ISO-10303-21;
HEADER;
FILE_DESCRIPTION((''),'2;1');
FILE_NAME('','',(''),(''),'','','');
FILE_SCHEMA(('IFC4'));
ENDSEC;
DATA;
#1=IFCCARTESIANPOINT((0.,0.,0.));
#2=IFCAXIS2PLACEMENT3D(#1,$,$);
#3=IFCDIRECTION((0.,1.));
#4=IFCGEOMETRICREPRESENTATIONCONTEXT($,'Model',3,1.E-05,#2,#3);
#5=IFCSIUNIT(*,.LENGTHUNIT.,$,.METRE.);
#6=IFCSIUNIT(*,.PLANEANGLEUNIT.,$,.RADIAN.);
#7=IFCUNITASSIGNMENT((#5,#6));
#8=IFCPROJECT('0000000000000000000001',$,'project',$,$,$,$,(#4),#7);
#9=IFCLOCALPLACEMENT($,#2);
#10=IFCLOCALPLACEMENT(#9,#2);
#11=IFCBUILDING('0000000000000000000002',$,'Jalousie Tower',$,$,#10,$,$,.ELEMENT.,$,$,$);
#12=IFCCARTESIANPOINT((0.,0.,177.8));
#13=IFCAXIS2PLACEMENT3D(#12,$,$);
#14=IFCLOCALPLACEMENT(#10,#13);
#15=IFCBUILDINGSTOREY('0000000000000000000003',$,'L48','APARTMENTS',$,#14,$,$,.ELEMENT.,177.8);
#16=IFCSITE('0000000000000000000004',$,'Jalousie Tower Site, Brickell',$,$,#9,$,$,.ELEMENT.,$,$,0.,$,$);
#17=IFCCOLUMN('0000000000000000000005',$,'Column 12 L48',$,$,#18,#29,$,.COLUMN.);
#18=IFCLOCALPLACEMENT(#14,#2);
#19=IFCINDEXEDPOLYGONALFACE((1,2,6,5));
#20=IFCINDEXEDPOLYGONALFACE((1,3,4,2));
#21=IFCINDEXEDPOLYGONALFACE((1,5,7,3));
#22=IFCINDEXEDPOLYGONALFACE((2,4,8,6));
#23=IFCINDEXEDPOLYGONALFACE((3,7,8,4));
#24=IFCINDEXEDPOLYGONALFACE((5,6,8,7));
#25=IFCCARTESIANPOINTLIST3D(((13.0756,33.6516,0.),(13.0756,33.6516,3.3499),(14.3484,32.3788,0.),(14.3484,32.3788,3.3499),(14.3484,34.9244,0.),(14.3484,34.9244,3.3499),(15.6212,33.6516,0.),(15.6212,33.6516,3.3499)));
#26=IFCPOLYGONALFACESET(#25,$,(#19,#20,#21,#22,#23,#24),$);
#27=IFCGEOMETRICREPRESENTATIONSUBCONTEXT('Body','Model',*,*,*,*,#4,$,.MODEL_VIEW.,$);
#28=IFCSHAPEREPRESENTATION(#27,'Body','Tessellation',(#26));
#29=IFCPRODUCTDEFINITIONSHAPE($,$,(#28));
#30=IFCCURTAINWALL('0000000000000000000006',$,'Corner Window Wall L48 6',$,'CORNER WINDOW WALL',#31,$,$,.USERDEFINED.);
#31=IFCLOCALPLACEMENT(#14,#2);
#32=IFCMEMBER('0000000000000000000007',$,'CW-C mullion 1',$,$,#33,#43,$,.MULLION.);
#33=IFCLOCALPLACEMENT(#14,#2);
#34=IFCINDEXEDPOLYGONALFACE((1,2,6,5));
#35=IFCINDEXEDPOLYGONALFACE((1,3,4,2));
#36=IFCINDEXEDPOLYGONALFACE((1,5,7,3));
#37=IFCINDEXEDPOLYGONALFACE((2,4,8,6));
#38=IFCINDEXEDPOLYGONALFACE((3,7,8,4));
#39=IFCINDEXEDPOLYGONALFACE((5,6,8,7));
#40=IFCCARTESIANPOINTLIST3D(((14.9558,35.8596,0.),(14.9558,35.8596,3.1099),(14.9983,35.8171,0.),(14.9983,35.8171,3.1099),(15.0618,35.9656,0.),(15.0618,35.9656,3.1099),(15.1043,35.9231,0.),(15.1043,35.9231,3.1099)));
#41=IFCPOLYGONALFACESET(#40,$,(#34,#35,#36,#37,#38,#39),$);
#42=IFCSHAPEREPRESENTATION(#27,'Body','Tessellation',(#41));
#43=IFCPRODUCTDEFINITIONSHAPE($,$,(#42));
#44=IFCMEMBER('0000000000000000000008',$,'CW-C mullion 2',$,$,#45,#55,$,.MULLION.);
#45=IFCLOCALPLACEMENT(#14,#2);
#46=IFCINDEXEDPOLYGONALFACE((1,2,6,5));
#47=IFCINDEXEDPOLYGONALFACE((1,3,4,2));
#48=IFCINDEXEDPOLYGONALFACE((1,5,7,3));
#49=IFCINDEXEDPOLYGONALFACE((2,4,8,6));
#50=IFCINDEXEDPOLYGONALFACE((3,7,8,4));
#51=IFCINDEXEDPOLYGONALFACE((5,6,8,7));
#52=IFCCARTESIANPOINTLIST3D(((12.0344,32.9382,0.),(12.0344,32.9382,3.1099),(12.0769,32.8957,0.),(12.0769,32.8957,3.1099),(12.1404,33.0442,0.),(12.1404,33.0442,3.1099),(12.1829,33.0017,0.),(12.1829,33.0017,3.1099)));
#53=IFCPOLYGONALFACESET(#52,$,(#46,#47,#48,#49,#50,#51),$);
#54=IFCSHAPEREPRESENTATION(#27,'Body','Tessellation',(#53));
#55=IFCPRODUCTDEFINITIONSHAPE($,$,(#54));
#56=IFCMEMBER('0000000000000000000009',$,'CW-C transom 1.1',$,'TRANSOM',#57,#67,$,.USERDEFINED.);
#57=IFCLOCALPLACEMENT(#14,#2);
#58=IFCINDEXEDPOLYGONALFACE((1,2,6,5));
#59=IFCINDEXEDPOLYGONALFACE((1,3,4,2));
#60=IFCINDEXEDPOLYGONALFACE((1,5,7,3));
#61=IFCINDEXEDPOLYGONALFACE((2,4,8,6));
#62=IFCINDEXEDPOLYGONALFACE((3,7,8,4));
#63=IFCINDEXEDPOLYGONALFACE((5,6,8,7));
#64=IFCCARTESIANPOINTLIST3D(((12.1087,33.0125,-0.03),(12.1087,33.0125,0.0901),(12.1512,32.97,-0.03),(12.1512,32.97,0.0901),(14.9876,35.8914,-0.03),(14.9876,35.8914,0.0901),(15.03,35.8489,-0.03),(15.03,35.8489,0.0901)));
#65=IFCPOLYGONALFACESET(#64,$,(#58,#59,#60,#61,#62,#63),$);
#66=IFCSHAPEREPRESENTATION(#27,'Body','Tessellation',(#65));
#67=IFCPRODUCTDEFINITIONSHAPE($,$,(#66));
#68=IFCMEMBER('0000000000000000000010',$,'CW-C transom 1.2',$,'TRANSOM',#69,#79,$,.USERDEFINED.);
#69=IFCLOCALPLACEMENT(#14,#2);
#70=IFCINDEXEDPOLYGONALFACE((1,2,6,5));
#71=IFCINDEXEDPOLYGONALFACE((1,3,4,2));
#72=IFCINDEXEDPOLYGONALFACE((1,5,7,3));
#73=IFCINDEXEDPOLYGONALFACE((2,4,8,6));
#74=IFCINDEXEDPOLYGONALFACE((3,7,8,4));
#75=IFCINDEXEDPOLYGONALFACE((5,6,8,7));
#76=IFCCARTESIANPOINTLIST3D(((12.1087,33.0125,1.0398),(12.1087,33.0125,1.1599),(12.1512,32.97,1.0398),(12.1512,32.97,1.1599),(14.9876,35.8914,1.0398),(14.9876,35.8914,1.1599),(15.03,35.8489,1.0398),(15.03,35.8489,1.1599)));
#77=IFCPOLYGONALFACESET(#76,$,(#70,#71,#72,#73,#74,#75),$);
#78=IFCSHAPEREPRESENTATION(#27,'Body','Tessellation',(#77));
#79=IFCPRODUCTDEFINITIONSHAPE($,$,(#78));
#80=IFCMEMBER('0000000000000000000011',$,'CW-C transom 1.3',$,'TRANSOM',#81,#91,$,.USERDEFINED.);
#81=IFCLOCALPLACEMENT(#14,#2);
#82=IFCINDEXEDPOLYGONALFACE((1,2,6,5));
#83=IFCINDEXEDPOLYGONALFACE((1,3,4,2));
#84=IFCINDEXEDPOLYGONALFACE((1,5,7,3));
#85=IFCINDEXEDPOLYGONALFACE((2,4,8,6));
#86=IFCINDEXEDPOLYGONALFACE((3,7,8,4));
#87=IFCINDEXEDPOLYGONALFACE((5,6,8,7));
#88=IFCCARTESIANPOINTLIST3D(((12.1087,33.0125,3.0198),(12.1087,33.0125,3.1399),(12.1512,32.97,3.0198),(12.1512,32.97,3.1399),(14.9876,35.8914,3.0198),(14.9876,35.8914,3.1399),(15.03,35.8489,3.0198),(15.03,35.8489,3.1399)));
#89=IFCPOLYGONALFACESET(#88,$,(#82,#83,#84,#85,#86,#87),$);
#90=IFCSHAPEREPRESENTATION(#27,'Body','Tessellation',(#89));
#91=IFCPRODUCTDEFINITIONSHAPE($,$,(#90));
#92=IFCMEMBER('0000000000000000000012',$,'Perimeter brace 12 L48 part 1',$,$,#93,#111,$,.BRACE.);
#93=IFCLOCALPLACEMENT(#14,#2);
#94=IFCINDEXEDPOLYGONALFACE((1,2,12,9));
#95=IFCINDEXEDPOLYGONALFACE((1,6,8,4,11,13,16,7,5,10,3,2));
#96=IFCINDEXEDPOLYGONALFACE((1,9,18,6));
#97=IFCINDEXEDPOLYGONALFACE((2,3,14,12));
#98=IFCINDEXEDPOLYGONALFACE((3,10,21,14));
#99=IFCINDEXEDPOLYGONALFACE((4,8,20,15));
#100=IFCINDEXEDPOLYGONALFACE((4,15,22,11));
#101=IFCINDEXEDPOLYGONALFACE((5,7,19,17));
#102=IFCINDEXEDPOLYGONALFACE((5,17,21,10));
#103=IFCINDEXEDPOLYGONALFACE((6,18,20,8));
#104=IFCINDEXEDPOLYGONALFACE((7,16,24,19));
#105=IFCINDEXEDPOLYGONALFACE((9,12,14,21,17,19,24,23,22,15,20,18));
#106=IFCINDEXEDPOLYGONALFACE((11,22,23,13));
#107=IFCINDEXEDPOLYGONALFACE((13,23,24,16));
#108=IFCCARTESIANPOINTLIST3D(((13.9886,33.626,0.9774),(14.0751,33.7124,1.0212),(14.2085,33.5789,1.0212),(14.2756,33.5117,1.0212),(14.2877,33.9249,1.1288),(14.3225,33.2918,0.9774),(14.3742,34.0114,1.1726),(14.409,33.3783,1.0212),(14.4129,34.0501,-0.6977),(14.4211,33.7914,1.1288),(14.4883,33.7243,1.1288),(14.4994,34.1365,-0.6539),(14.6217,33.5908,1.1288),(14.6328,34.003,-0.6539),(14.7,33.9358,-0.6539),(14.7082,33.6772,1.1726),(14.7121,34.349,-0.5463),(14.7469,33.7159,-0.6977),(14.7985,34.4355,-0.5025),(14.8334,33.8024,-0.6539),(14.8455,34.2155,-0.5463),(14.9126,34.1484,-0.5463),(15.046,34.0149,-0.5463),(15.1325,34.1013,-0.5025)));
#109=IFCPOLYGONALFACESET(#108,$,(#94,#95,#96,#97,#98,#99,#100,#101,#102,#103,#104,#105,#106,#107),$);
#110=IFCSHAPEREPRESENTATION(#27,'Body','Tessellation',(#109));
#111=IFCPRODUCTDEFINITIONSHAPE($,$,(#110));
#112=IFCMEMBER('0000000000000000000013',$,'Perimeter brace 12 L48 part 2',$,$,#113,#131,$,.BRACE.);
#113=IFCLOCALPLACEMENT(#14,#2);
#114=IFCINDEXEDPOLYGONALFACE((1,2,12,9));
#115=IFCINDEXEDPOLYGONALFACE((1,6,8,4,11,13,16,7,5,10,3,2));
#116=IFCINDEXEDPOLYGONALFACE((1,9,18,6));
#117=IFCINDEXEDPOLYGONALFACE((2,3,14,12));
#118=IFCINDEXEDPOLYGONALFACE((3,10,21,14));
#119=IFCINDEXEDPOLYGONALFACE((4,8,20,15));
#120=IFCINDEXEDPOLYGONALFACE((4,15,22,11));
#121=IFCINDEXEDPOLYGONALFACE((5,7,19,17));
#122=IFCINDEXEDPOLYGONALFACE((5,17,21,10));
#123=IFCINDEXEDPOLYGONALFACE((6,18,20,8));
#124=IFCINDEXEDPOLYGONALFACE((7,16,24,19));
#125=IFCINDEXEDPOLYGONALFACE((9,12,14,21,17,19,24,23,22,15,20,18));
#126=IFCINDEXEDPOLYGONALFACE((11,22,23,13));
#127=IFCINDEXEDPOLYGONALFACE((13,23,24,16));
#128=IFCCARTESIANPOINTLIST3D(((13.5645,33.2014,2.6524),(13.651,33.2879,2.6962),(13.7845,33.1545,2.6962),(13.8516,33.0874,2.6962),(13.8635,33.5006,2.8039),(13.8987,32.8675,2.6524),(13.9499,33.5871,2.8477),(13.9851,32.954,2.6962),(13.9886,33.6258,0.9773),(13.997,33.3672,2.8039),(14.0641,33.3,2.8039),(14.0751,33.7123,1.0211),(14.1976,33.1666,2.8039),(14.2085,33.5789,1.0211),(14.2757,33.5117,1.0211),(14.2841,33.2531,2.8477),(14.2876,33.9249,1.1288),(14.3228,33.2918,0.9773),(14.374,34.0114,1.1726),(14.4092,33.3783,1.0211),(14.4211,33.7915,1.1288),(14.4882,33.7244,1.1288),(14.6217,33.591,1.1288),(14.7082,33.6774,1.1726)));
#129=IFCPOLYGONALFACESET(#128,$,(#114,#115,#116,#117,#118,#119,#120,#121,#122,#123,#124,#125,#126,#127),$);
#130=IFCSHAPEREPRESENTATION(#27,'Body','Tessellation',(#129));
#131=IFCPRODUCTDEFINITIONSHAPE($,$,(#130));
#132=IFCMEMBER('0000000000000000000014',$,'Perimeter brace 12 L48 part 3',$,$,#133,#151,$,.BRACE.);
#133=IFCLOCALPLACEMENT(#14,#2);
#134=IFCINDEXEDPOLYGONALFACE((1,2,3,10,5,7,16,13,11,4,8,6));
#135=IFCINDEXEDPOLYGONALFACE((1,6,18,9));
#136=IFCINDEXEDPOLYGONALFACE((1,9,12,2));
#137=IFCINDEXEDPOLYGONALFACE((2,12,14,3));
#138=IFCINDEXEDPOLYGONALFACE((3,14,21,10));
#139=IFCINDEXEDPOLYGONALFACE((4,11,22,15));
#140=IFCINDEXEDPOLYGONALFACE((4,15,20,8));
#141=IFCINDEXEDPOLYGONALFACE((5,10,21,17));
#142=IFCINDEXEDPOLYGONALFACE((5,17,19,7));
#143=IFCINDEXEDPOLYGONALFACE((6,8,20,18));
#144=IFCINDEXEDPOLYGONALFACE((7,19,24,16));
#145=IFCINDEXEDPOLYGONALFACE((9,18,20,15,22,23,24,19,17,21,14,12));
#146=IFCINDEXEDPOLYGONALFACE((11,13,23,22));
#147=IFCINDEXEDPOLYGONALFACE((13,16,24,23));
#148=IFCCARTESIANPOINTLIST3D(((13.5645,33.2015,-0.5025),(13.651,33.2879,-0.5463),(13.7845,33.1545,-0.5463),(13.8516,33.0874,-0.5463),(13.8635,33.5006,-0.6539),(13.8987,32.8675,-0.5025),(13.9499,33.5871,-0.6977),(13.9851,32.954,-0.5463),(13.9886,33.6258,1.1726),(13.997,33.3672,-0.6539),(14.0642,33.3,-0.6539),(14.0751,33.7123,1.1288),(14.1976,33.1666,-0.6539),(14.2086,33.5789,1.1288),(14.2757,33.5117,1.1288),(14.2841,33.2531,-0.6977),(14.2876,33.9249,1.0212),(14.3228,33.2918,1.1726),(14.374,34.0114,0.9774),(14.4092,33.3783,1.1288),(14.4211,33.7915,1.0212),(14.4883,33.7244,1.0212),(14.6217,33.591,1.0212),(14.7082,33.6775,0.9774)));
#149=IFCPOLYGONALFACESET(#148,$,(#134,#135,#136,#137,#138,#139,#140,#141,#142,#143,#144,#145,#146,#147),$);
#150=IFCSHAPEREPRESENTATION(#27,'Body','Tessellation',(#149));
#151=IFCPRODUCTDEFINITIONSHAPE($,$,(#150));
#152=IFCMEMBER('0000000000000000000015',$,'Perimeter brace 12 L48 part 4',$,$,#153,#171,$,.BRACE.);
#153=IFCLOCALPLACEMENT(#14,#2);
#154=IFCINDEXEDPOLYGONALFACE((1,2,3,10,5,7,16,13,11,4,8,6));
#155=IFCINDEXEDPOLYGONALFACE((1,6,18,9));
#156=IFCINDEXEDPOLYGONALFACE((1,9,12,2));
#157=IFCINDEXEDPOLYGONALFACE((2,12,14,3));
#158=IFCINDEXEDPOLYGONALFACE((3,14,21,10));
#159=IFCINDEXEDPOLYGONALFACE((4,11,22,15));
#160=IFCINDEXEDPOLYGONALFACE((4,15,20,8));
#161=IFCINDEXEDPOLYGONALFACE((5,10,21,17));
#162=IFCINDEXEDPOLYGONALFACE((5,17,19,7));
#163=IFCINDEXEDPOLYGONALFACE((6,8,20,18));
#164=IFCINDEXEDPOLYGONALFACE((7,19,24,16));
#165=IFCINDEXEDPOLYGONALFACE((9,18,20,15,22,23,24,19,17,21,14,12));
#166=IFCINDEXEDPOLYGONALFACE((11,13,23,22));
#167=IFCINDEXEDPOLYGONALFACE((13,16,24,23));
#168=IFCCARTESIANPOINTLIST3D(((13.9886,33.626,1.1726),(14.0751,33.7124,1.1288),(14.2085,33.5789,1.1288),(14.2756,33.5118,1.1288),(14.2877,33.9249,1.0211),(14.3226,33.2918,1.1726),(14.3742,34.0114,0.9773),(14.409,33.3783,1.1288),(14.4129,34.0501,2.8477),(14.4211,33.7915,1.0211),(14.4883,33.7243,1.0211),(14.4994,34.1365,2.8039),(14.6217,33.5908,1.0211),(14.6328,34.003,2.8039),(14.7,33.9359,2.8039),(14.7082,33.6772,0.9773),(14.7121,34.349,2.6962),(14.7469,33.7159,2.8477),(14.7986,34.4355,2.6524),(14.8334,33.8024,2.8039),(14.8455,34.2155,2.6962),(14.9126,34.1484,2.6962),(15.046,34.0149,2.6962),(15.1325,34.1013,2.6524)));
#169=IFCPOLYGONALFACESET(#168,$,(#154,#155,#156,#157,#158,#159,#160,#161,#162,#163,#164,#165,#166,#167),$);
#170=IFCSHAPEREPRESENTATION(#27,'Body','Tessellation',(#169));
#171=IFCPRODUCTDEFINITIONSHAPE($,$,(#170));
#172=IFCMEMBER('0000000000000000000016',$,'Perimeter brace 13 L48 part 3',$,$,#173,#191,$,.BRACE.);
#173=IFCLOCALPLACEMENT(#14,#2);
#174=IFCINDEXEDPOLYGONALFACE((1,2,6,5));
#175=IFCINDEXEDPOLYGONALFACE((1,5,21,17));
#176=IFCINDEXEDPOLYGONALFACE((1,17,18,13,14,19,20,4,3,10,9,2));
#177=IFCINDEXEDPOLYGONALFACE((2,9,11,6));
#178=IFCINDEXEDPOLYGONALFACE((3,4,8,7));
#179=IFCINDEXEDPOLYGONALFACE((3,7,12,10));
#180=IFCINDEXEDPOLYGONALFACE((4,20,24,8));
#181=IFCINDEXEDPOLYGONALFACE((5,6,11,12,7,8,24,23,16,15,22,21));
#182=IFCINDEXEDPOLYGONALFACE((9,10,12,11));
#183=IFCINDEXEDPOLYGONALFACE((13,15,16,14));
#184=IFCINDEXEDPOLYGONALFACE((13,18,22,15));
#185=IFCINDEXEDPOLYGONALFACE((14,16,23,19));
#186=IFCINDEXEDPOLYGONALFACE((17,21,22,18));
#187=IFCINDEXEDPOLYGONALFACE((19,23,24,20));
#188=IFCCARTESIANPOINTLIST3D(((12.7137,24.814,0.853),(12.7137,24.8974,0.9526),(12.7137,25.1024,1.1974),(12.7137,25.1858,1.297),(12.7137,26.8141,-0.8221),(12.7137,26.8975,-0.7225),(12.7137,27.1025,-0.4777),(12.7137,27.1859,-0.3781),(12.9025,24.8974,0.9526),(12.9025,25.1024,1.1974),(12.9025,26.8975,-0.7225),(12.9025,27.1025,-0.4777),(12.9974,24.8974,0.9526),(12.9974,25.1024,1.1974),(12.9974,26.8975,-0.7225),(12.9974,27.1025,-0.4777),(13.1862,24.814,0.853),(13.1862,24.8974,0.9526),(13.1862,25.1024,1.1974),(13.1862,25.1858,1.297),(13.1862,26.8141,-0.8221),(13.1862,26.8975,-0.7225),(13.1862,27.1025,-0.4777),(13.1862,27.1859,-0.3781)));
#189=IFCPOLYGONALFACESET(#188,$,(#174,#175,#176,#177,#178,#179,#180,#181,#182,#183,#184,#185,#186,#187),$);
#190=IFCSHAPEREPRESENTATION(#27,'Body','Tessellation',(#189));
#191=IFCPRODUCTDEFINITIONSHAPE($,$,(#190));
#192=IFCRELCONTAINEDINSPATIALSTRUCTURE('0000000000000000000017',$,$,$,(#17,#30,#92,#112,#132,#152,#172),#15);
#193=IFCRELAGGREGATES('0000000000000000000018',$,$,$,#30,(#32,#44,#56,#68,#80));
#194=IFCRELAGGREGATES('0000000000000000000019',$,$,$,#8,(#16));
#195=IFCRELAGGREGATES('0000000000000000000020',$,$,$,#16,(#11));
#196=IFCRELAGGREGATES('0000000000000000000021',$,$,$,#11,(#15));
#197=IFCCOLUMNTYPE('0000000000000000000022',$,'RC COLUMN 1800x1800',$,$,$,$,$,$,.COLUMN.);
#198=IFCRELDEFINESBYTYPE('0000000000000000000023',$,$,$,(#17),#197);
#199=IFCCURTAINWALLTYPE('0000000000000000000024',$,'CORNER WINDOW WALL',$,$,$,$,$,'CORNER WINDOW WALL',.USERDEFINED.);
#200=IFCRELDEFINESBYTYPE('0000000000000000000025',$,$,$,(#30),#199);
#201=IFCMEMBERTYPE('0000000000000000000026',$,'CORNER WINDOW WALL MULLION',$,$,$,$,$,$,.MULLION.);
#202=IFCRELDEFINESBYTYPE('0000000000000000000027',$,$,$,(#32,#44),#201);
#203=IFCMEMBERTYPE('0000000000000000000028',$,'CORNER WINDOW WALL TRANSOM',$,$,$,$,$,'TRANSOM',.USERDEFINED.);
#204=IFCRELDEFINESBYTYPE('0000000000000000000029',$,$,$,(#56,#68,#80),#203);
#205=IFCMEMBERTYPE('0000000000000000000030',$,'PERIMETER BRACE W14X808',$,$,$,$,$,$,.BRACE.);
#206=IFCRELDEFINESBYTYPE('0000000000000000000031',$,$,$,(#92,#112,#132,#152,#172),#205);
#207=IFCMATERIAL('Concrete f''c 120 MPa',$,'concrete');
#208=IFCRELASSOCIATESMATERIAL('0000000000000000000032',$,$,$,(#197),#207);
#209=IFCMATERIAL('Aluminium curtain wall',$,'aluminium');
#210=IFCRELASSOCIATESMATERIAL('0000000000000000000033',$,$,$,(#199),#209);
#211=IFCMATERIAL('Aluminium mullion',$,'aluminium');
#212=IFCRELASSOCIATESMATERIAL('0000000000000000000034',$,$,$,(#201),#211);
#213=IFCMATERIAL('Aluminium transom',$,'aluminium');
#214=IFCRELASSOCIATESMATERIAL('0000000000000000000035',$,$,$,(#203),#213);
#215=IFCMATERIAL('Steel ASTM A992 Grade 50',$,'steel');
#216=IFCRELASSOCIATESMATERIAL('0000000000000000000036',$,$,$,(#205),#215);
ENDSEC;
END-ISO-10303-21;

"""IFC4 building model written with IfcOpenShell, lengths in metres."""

from ifc_helpers import new_model, si_unit, direction, frame, origin, origin_2d, place, context, subcontext, project, spatial, rectangle, i_section, extrude, material, material_profile, profile_set, type_object, element, aggregate, save


model = new_model("IFC4")

# Units and contexts
model_context = context("Model", 3, precision=1e-05, world=origin(), true_north=direction((0.0, 1.0)))
body_context = subcontext(model_context, "Body", "Model", "MODEL_VIEW")
ifc_project = project(units=[si_unit("LENGTHUNIT", "METRE"), si_unit("PLANEANGLEUNIT", "RADIAN")], contexts=[model_context])

# Site, building, storey
site_placement = place(None, origin())
site = spatial("IfcSite", under=ifc_project, at=site_placement, Name="Jalousie Tower Site, Brickell", CompositionType="ELEMENT", RefElevation=0.0)
building_placement = place(site_placement, origin())
building = spatial("IfcBuilding", under=site, at=building_placement, Name="Jalousie Tower", CompositionType="ELEMENT")
storey_placement = place(building_placement, frame((0.0, 0.0, 177.8)))
storey = spatial("IfcBuildingStorey", under=building, at=storey_placement, Name="L48", Description="APARTMENTS", CompositionType="ELEMENT", Elevation=177.8)

# Column
ifc_material_1 = material(Name="Concrete f'c 120 MPa", Category="concrete")
ifc_material_profile_1 = material_profile(ifc_material_1, rectangle(XDim=1.8, YDim=1.8, at=origin_2d()), Name="RC 1800x1800")
ifc_profile_set_1 = profile_set([ifc_material_profile_1], Name="Concrete f'c 120 MPa")
column_type = type_object("IfcColumnType", Name="RC COLUMN 1800x1800", PredefinedType="COLUMN", material=ifc_profile_set_1)
column_placement = place(storey_placement, frame((14.3484, 33.6516, 0.0), z_axis=(0.0, 0.0, 1.0), x_axis=(0.707107, 0.707107, 0.0)))
element("IfcColumn", 1, at=column_placement, inside=storey, type_object=column_type, Name="Column 12 L48", PredefinedType="COLUMN", context=body_context, shape_type="SweptSolid", body=[
    extrude(rectangle(XDim=1.8, YDim=1.8, at=origin_2d()), origin(), (0.0, 0.0, 1.0), 3.3499),
])

# Curtain wall, members
ifc_material_2 = material(Name="Aluminium curtain wall", Category="aluminium")
curtain_wall_type_1 = type_object("IfcCurtainWallType", Name="CORNER WINDOW WALL", ElementType="CORNER WINDOW WALL", PredefinedType="USERDEFINED", material=ifc_material_2)
curtain_wall_1_placement = place(storey_placement, origin())
curtain_wall_1 = element("IfcCurtainWall", 2, at=curtain_wall_1_placement, inside=storey, type_object=curtain_wall_type_1, Name="Corner Window Wall L48 6", ObjectType="CORNER WINDOW WALL", PredefinedType="USERDEFINED")
ifc_material_3 = material(Name="Aluminium mullion", Category="aluminium")
ifc_material_profile_2 = material_profile(ifc_material_3, rectangle(XDim=0.0601, YDim=0.1499, at=origin_2d()), Name="MULLION 60x150")
ifc_profile_set_2 = profile_set([ifc_material_profile_2], Name="Aluminium mullion")
member_type_1 = type_object("IfcMemberType", Name="CORNER WINDOW WALL MULLION", PredefinedType="MULLION", material=ifc_profile_set_2)
member_1_placement = place(storey_placement, frame((15.03, 35.8914, 0.0), z_axis=(0.0, 0.0, 1.0), x_axis=(0.707107, -0.707107, 0.0)))
member_1 = element("IfcMember", 3, at=member_1_placement, type_object=member_type_1, Name="CW-C mullion 1", PredefinedType="MULLION", context=body_context, shape_type="SweptSolid", body=[
    extrude(rectangle(XDim=0.0601, YDim=0.1499, at=origin_2d()), origin(), (0.0, 0.0, 1.0), 3.1099),
])
member_2_placement = place(storey_placement, frame((12.1086, 32.97, 0.0), z_axis=(0.0, 0.0, 1.0), x_axis=(0.707107, -0.707107, 0.0)))
member_2 = element("IfcMember", 4, at=member_2_placement, type_object=member_type_1, Name="CW-C mullion 2", PredefinedType="MULLION", context=body_context, shape_type="SweptSolid", body=[
    extrude(rectangle(XDim=0.0601, YDim=0.1499, at=origin_2d()), origin(), (0.0, 0.0, 1.0), 3.1099),
])
ifc_material_4 = material(Name="Aluminium transom", Category="aluminium")
ifc_material_profile_3 = material_profile(ifc_material_4, rectangle(XDim=0.0601, YDim=0.1201, at=origin_2d()), Name="TRANSOM 60x120")
ifc_profile_set_3 = profile_set([ifc_material_profile_3], Name="Aluminium transom")
member_type_2 = type_object("IfcMemberType", Name="CORNER WINDOW WALL TRANSOM", ElementType="TRANSOM", PredefinedType="USERDEFINED", material=ifc_profile_set_3)
member_3_placement = place(storey_placement, frame((15.0088, 35.8701, 0.03), z_axis=(-0.707107, -0.707107, 0.0), x_axis=(0.707107, -0.707107, 0.0)))
member_3 = element("IfcMember", 5, at=member_3_placement, type_object=member_type_2, Name="CW-C transom 1.1", ObjectType="TRANSOM", PredefinedType="USERDEFINED", context=body_context, shape_type="SweptSolid", body=[
    extrude(rectangle(XDim=0.0601, YDim=0.1201, at=origin_2d()), origin(), (0.0, 0.0, 1.0), 4.0713),
])
member_4_placement = place(storey_placement, frame((15.0088, 35.8701, 1.0999), z_axis=(-0.707107, -0.707107, 0.0), x_axis=(0.707107, -0.707107, 0.0)))
member_4 = element("IfcMember", 6, at=member_4_placement, type_object=member_type_2, Name="CW-C transom 1.2", ObjectType="TRANSOM", PredefinedType="USERDEFINED", context=body_context, shape_type="SweptSolid", body=[
    extrude(rectangle(XDim=0.0601, YDim=0.1201, at=origin_2d()), origin(), (0.0, 0.0, 1.0), 4.0713),
])
member_5_placement = place(storey_placement, frame((15.0088, 35.8701, 3.0798), z_axis=(-0.707107, -0.707107, 0.0), x_axis=(0.707107, -0.707107, 0.0)))
member_5 = element("IfcMember", 7, at=member_5_placement, type_object=member_type_2, Name="CW-C transom 1.3", ObjectType="TRANSOM", PredefinedType="USERDEFINED", context=body_context, shape_type="SweptSolid", body=[
    extrude(rectangle(XDim=0.0601, YDim=0.1201, at=origin_2d()), origin(), (0.0, 0.0, 1.0), 4.0713),
])

# Members
ifc_material_5 = material(Name="Steel ASTM A992 Grade 50", Category="steel")
ifc_material_profile_4 = material_profile(ifc_material_5, i_section(OverallWidth=0.4724, OverallDepth=0.5791, WebThickness=0.095, FlangeThickness=0.1299, at=origin_2d()), Name="W14X808")
ifc_profile_set_4 = profile_set([ifc_material_profile_4], Name="Steel ASTM A992 Grade 50")
member_type_3 = type_object("IfcMemberType", Name="PERIMETER BRACE W14X808", PredefinedType="BRACE", material=ifc_profile_set_4)
for number, where, z_axis, x_axis, name in (
    (8, (14.7727, 34.0757, -0.6001), (-0.238483, -0.238346, 0.941444), (0.706903, -0.70731, 0.0), "Perimeter brace 12 L48 part 1"),
    (9, (14.3484, 33.6516, 1.075), (-0.238346, -0.238483, 0.941444), (0.70731, -0.706903, 0.0), "Perimeter brace 12 L48 part 2"),
    (10, (13.9243, 33.2273, -0.6001), (0.238346, 0.238483, 0.941444), (-0.70731, 0.706903, 0.0), "Perimeter brace 12 L48 part 3"),
    (11, (14.3484, 33.6516, 1.075), (0.238483, 0.238346, 0.941444), (-0.706903, 0.70731, 0.0), "Perimeter brace 12 L48 part 4"),
):
    element("IfcMember", number, at=place(storey_placement, frame(where, z_axis=z_axis, x_axis=x_axis)), inside=storey, type_object=member_type_3, Name=name, PredefinedType="BRACE", context=body_context, shape_type="SweptSolid", body=[
        extrude(i_section(OverallWidth=0.4724, OverallDepth=0.5791, WebThickness=0.095, FlangeThickness=0.1299, at=origin_2d()), origin(), (0.0, 0.0, 1.0), 1.7793),
    ])
member_6_placement = place(storey_placement, frame((12.95, 27.0, -0.6001), z_axis=(0.0, -0.766639, 0.642079), x_axis=(1.0, 0.0, 0.0)))
element("IfcMember", 12, at=member_6_placement, inside=storey, type_object=member_type_3, Name="Perimeter brace 13 L48 part 3", PredefinedType="BRACE", context=body_context, shape_type="SweptSolid", body=[
    extrude(i_section(OverallWidth=0.4724, OverallDepth=0.5791, WebThickness=0.095, FlangeThickness=0.1299, at=origin_2d()), origin(), (0.0, 0.0, 1.0), 2.6089),
])

aggregate(curtain_wall_1, [member_1, member_2, member_3, member_4, member_5])

save(model, "model.ifc")
